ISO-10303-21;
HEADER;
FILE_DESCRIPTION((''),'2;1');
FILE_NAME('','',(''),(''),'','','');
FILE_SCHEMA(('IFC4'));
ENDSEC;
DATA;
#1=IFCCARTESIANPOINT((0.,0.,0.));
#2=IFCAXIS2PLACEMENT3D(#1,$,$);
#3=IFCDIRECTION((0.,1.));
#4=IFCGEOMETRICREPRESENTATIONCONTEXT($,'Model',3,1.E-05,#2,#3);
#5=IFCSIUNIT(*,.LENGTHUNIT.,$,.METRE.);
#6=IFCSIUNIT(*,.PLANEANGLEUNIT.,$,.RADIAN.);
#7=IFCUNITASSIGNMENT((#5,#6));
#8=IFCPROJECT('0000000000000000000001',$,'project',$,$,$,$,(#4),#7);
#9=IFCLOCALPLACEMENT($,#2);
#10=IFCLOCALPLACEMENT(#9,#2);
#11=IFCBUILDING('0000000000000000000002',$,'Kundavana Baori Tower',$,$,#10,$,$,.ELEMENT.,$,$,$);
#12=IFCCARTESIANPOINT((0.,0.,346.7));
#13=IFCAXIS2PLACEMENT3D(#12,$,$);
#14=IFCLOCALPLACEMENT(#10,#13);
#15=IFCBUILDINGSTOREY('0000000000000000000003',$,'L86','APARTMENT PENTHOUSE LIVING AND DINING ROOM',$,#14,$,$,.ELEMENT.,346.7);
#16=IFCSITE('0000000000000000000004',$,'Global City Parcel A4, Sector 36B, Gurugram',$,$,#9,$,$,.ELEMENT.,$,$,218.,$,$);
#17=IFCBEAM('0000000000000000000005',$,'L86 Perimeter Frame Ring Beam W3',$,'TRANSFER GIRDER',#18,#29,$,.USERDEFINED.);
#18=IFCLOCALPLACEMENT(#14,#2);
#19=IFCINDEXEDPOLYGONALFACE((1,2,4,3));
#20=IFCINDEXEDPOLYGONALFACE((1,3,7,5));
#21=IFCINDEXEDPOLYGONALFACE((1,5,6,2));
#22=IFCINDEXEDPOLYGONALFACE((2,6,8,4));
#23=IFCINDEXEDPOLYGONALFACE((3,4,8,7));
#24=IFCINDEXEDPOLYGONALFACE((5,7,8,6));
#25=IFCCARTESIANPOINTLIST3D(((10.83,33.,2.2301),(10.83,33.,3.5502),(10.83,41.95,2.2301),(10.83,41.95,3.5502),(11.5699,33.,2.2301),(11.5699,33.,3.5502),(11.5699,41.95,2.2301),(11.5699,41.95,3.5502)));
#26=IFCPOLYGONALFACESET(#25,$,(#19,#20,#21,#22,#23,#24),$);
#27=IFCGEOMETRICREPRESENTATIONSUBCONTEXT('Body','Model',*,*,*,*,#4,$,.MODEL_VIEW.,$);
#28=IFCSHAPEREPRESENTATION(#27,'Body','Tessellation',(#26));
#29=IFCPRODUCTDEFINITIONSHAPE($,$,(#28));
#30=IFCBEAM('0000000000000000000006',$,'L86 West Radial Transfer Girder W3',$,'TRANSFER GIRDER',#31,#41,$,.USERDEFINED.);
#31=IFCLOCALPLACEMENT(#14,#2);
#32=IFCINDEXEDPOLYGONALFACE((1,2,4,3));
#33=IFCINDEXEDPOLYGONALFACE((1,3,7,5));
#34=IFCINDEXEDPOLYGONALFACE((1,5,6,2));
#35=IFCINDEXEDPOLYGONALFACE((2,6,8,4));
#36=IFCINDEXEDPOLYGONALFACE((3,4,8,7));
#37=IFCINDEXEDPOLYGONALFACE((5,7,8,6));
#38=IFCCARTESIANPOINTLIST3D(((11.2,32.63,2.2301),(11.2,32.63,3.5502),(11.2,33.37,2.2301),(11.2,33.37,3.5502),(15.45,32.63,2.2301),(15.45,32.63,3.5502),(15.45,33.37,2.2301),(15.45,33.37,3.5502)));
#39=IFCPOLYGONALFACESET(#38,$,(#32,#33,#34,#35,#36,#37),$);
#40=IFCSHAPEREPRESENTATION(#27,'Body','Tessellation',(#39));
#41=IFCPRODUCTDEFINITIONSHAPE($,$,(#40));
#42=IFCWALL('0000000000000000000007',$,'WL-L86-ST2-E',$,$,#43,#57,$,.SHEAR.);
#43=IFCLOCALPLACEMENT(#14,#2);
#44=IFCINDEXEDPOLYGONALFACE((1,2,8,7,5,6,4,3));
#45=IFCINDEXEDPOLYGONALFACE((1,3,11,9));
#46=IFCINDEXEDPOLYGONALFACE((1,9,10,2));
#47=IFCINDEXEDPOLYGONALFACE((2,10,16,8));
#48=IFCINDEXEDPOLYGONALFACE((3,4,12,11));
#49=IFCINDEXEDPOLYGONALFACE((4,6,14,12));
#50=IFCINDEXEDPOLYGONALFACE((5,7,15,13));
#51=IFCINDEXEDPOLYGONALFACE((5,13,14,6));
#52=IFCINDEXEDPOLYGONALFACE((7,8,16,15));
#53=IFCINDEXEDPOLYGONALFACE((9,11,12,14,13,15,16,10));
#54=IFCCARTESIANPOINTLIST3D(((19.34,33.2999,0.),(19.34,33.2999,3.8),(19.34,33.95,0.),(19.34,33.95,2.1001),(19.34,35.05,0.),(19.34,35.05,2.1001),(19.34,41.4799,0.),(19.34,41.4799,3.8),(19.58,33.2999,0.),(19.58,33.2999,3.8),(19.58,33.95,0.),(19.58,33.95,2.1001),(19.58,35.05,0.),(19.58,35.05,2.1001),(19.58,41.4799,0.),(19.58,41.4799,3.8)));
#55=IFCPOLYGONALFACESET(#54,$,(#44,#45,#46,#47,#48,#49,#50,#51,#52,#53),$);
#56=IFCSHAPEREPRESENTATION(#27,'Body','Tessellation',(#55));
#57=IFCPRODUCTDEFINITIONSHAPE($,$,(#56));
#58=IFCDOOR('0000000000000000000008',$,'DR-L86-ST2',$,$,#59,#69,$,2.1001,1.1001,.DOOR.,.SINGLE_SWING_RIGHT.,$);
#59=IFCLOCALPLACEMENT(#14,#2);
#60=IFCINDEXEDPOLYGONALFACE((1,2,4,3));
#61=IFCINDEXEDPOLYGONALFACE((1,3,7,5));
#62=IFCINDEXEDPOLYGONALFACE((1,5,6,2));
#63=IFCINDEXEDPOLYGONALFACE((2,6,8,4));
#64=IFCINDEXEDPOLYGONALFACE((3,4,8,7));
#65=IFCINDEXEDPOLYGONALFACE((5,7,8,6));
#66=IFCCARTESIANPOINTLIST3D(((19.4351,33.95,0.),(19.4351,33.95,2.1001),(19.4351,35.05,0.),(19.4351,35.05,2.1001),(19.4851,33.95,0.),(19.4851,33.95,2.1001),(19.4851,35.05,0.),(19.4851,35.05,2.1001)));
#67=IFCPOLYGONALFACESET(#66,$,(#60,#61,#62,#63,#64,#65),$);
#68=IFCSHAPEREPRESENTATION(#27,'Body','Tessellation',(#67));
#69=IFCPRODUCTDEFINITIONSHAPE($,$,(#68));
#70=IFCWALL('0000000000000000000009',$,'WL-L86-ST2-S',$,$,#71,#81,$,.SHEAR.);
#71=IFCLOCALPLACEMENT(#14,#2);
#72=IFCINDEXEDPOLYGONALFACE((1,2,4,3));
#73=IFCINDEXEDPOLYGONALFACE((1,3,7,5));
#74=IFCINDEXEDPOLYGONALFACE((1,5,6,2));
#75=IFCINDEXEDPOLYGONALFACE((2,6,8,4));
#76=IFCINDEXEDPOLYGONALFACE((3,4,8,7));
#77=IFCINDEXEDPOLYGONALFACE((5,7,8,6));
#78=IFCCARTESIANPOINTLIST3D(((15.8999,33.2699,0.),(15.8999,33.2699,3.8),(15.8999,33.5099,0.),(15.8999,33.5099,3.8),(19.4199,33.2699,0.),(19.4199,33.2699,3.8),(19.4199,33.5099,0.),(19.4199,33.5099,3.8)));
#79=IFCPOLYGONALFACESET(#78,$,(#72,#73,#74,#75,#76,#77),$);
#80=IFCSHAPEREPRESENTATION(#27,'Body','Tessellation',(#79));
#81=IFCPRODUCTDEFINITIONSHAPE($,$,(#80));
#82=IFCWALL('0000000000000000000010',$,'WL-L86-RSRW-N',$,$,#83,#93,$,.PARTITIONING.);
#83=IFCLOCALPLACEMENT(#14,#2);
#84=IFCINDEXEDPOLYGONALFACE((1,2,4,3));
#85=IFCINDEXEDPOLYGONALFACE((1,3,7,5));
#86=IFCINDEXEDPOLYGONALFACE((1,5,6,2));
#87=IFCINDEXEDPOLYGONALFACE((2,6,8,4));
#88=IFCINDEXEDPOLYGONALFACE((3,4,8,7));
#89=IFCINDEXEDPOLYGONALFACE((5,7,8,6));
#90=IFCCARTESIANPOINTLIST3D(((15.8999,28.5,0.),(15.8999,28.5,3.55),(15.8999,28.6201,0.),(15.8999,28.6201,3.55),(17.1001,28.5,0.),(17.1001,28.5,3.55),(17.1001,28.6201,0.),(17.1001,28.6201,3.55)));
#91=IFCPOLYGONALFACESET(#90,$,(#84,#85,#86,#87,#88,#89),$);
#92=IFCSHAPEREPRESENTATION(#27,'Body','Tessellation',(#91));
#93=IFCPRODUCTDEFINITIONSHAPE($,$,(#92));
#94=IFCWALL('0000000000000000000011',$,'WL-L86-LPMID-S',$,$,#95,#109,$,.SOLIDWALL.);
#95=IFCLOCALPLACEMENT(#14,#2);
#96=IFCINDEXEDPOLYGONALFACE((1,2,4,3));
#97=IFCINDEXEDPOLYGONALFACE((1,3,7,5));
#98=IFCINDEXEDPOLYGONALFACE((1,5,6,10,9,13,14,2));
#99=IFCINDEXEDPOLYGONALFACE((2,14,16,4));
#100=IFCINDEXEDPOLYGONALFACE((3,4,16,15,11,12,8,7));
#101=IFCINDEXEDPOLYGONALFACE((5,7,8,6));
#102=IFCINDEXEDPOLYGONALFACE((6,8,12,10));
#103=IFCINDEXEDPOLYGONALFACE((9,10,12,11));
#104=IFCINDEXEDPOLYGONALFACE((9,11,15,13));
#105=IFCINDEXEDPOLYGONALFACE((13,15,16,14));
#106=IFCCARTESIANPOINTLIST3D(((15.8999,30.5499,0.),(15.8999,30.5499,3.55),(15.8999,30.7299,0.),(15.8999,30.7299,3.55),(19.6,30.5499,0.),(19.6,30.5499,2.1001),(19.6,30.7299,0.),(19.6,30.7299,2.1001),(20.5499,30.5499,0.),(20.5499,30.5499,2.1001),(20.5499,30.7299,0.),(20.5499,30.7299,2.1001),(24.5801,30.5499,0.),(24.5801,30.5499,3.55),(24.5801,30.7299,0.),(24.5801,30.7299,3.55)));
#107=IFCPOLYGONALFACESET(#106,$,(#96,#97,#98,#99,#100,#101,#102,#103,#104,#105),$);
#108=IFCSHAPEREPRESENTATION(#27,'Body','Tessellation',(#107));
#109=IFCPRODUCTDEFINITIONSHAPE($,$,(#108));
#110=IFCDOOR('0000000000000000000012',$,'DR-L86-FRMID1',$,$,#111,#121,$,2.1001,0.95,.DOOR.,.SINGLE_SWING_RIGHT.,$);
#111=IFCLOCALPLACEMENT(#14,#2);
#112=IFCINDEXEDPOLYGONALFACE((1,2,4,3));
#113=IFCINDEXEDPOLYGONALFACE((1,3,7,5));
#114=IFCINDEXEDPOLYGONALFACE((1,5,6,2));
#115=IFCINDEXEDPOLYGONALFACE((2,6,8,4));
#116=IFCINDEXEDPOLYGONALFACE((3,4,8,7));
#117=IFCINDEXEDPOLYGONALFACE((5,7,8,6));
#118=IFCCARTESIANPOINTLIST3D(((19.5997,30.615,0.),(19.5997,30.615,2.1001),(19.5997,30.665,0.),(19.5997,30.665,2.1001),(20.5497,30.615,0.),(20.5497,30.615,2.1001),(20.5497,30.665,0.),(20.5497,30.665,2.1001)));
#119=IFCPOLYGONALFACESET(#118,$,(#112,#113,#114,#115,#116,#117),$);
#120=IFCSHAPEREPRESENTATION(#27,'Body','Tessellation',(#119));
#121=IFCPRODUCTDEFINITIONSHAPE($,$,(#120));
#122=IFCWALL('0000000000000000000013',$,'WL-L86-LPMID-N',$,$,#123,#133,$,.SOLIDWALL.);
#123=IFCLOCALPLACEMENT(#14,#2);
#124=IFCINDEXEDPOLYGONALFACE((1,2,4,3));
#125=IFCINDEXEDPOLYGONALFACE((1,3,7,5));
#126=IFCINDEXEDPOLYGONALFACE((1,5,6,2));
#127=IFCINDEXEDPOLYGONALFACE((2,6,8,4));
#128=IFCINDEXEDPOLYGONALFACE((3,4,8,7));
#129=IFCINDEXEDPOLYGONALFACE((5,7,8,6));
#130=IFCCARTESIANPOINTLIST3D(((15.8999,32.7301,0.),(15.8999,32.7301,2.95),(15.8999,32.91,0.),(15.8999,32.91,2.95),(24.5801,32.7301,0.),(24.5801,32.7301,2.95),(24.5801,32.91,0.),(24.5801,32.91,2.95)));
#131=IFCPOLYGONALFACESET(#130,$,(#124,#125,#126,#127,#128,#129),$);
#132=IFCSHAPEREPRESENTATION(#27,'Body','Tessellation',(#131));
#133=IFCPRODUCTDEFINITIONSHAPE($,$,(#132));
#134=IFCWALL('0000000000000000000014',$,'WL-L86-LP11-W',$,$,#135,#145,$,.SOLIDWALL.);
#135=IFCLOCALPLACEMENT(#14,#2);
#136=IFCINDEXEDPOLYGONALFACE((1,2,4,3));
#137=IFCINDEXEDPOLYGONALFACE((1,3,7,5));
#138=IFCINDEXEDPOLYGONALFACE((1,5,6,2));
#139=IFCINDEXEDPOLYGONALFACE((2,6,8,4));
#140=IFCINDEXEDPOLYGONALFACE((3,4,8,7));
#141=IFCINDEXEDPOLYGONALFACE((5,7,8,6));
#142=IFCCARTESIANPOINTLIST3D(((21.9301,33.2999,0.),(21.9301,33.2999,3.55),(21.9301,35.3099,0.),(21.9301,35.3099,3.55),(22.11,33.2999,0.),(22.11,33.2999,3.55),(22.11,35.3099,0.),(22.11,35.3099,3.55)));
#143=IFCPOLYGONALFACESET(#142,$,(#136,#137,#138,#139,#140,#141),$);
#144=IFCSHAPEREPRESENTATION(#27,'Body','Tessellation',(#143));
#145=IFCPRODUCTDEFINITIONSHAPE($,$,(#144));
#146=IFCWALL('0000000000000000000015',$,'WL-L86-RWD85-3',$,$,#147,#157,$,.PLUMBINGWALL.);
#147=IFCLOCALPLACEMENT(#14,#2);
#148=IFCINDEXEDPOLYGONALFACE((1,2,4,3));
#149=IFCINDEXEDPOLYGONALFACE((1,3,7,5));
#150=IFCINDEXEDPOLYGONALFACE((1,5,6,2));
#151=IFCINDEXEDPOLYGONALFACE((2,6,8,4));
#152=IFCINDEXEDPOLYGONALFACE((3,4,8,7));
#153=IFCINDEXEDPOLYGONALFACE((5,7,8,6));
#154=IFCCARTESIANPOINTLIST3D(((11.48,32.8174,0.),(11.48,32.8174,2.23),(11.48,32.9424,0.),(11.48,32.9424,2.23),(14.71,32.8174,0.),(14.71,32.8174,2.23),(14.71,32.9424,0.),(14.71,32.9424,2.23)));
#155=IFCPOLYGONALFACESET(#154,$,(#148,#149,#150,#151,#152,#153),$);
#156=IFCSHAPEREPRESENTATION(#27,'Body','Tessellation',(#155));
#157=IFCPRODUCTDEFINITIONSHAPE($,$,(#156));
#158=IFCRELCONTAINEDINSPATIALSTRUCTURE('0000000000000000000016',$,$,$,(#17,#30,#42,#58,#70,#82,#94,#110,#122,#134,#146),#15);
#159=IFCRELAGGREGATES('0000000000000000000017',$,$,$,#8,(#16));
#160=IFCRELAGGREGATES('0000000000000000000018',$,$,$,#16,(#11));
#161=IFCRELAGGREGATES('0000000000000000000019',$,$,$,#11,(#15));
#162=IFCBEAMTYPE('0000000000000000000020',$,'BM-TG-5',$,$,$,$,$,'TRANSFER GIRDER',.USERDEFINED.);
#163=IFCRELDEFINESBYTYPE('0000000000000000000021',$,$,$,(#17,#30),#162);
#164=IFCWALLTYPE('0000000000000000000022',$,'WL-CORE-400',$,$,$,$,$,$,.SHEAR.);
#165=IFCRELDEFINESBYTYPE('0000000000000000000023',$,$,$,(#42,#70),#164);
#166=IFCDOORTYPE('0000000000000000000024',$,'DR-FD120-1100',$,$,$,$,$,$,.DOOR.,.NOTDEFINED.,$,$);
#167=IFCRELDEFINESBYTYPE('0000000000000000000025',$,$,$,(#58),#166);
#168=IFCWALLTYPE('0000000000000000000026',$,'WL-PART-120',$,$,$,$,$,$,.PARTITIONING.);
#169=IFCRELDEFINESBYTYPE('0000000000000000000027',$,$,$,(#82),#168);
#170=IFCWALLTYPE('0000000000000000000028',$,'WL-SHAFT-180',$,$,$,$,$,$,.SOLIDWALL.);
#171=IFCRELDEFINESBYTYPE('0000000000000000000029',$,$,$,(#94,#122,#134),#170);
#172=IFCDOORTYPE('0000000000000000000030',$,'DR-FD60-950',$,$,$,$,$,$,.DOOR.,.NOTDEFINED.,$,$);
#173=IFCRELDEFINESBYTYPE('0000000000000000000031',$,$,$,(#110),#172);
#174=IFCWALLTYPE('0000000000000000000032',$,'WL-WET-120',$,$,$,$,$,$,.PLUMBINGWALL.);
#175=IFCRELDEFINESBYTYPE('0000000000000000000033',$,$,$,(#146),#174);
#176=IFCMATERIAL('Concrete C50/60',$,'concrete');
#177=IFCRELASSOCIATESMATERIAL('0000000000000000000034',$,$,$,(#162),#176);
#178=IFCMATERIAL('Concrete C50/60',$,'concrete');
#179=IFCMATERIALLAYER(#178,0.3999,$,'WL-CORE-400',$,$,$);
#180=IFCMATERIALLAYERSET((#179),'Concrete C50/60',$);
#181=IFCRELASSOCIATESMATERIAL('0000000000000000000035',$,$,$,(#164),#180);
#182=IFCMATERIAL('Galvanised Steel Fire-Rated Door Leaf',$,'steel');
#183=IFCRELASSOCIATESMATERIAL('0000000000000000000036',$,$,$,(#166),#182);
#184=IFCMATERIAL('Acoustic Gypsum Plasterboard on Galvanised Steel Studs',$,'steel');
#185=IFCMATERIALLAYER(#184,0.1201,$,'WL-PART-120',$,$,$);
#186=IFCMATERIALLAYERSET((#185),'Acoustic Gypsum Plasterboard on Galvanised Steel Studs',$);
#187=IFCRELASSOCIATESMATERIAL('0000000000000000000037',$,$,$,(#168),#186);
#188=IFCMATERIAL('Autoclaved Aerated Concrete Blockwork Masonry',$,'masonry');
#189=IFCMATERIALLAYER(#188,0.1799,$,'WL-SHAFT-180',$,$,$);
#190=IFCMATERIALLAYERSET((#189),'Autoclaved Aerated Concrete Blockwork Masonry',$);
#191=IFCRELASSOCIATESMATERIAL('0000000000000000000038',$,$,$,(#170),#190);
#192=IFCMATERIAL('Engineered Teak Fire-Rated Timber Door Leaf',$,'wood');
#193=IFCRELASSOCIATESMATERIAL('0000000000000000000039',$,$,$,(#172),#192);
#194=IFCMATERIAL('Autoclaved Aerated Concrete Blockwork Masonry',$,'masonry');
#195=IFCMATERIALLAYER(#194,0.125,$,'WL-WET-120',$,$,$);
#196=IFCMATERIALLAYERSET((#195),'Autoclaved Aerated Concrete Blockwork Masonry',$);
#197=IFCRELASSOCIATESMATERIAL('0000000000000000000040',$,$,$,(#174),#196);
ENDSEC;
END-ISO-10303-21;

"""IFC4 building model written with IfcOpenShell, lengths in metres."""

from ifc_helpers import new_model, si_unit, direction, frame, frame_2d, origin, origin_2d, place, context, subcontext, project, spatial, rectangle, extrude, material, layer, layer_set, material_profile, profile_set, type_object, element, fill, save


model = new_model("IFC4")

# Units and contexts
model_context = context("Model", 3, precision=1e-05, world=origin(), true_north=direction((0.0, 1.0)))
body_context = subcontext(model_context, "Body", "Model", "MODEL_VIEW")
ifc_project = project(units=[si_unit("LENGTHUNIT", "METRE"), si_unit("PLANEANGLEUNIT", "RADIAN")], contexts=[model_context])

# Site, building, storey
site_placement = place(None, origin())
site = spatial("IfcSite", under=ifc_project, at=site_placement, Name="Global City Parcel A4, Sector 36B, Gurugram", CompositionType="ELEMENT", RefElevation=218.0)
building_placement = place(site_placement, origin())
building = spatial("IfcBuilding", under=site, at=building_placement, Name="Kundavana Baori Tower", CompositionType="ELEMENT")
storey_placement = place(building_placement, frame((0.0, 0.0, 346.7)))
storey = spatial("IfcBuildingStorey", under=building, at=storey_placement, Name="L86", Description="APARTMENT PENTHOUSE LIVING AND DINING ROOM", CompositionType="ELEMENT", Elevation=346.7)

# Beams
ifc_material_1 = material(Name="Concrete C50/60", Category="concrete")
ifc_material_profile_1 = material_profile(ifc_material_1, rectangle(XDim=0.74, YDim=1.3201, at=origin_2d()), Name="BM-TG-5")
ifc_profile_set_1 = profile_set([ifc_material_profile_1], Name="Concrete C50/60")
beam_type_1 = type_object("IfcBeamType", Name="BM-TG-5", ElementType="TRANSFER GIRDER", PredefinedType="USERDEFINED", material=ifc_profile_set_1)
beam_1_placement = place(storey_placement, frame((11.2, 33.0, 2.8901), z_axis=(0.0, 1.0, 0.0), x_axis=(-1.0, 0.0, 0.0)))
element("IfcBeam", 1, at=beam_1_placement, inside=storey, type_object=beam_type_1, Name="L86 Perimeter Frame Ring Beam W3", ObjectType="TRANSFER GIRDER", PredefinedType="USERDEFINED", context=body_context, shape_type="SweptSolid", body=[
    extrude(rectangle(XDim=0.74, YDim=1.3201, at=origin_2d()), origin(), (0.0, 0.0, 1.0), 8.95),
])
beam_2_placement = place(storey_placement, frame((15.45, 33.0, 2.8901), z_axis=(-1.0, 0.0, 0.0), x_axis=(0.0, -1.0, 0.0)))
element("IfcBeam", 2, at=beam_2_placement, inside=storey, type_object=beam_type_1, Name="L86 West Radial Transfer Girder W3", ObjectType="TRANSFER GIRDER", PredefinedType="USERDEFINED", context=body_context, shape_type="SweptSolid", body=[
    extrude(rectangle(XDim=0.74, YDim=1.3201, at=origin_2d()), origin(), (0.0, 0.0, 1.0), 4.25),
])

# Wall, opening, door
ifc_material_2 = material(Name="Concrete C50/60", Category="concrete")
ifc_layer_1 = layer(ifc_material_2, 0.3999, Name="WL-CORE-400")
ifc_layer_set_1 = layer_set([ifc_layer_1], Name="Concrete C50/60")
wall_type_1 = type_object("IfcWallType", Name="WL-CORE-400", PredefinedType="SHEAR", material=ifc_layer_set_1)
wall_1_placement = place(storey_placement, frame((19.46, 33.3, 0.0), z_axis=(0.0, 0.0, 1.0), x_axis=(0.0, 1.0, 0.0)))
wall_1 = element("IfcWall", 3, at=wall_1_placement, inside=storey, type_object=wall_type_1, Name="WL-L86-ST2-E", PredefinedType="SHEAR", context=body_context, shape_type="SweptSolid", body=[
    extrude(rectangle(XDim=8.1799, YDim=0.24, at=frame_2d((4.0898, 0.0))), origin(), (0.0, 0.0, 1.0), 3.8),
])
opening_1_placement = place(wall_1_placement, frame((0.6499, 0.0, 0.0)))
opening_1 = element("IfcOpeningElement", 4, at=opening_1_placement, cuts=wall_1, PredefinedType="OPENING", context=body_context, shape_type="SweptSolid", body=[
    extrude(rectangle(XDim=1.1001, YDim=2.1001, at=frame_2d((0.55, 1.05))), frame((0.0, 0.1299, 0.0), z_axis=(0.0, -1.0, 0.0), x_axis=(1.0, 0.0, 0.0)), (0.0, 0.0, 1.0), 0.26),
])
ifc_material_3 = material(Name="Galvanised Steel Fire-Rated Door Leaf", Category="steel")
door_type_1 = type_object("IfcDoorType", Name="DR-FD120-1100", OperationType="NOTDEFINED", PredefinedType="DOOR", material=ifc_material_3)
door_1_placement = place(opening_1_placement, origin())
door_1 = element("IfcDoor", 5, at=door_1_placement, inside=storey, type_object=door_type_1, Name="DR-L86-ST2", OperationType="SINGLE_SWING_RIGHT", OverallHeight=2.1001, OverallWidth=1.1001, PredefinedType="DOOR", context=body_context, shape_type="SweptSolid", body=[
    extrude(rectangle(XDim=1.1001, YDim=2.1001, at=frame_2d((0.55, 1.05))), frame((0.0, 0.0249, 0.0), z_axis=(0.0, -1.0, 0.0), x_axis=(1.0, 0.0, 0.0)), (0.0, 0.0, 1.0), 0.05),
])
fill(opening_1, door_1)

# Walls
wall_2_placement = place(storey_placement, frame((15.8999, 33.3899, 0.0), z_axis=(0.0, 0.0, 1.0), x_axis=(1.0, 0.0, 0.0)))
element("IfcWall", 6, at=wall_2_placement, inside=storey, type_object=wall_type_1, Name="WL-L86-ST2-S", PredefinedType="SHEAR", context=body_context, shape_type="SweptSolid", body=[
    extrude(rectangle(XDim=3.52, YDim=0.24, at=frame_2d((1.76, 0.0))), origin(), (0.0, 0.0, 1.0), 3.8),
])
ifc_material_4 = material(Name="Acoustic Gypsum Plasterboard on Galvanised Steel Studs", Category="steel")
ifc_layer_2 = layer(ifc_material_4, 0.1201, Name="WL-PART-120")
ifc_layer_set_2 = layer_set([ifc_layer_2], Name="Acoustic Gypsum Plasterboard on Galvanised Steel Studs")
wall_type_2 = type_object("IfcWallType", Name="WL-PART-120", PredefinedType="PARTITIONING", material=ifc_layer_set_2)
wall_3_placement = place(storey_placement, frame((15.8999, 28.5601, 0.0), z_axis=(0.0, 0.0, 1.0), x_axis=(1.0, 0.0, 0.0)))
element("IfcWall", 7, at=wall_3_placement, inside=storey, type_object=wall_type_2, Name="WL-L86-RSRW-N", PredefinedType="PARTITIONING", context=body_context, shape_type="SweptSolid", body=[
    extrude(rectangle(XDim=1.2002, YDim=0.1201, at=frame_2d((0.6001, 0.0))), origin(), (0.0, 0.0, 1.0), 3.55),
])

# Wall, opening, door
ifc_material_5 = material(Name="Autoclaved Aerated Concrete Blockwork Masonry", Category="masonry")
ifc_layer_3 = layer(ifc_material_5, 0.1799, Name="WL-SHAFT-180")
ifc_layer_set_3 = layer_set([ifc_layer_3], Name="Autoclaved Aerated Concrete Blockwork Masonry")
wall_type_3 = type_object("IfcWallType", Name="WL-SHAFT-180", PredefinedType="SOLIDWALL", material=ifc_layer_set_3)
wall_4_placement = place(storey_placement, frame((15.8999, 30.6399, 0.0), z_axis=(0.0, 0.0, 1.0), x_axis=(1.0, 0.0, 0.0)))
wall_4 = element("IfcWall", 8, at=wall_4_placement, inside=storey, type_object=wall_type_3, Name="WL-L86-LPMID-S", PredefinedType="SOLIDWALL", context=body_context, shape_type="SweptSolid", body=[
    extrude(rectangle(XDim=8.6802, YDim=0.1799, at=frame_2d((4.3401, 0.0))), origin(), (0.0, 0.0, 1.0), 3.55),
])
opening_2_placement = place(wall_4_placement, frame((3.7, 0.0, 0.0)))
opening_2 = element("IfcOpeningElement", 9, at=opening_2_placement, cuts=wall_4, PredefinedType="OPENING", context=body_context, shape_type="SweptSolid", body=[
    extrude(rectangle(XDim=0.95, YDim=2.1001, at=frame_2d((0.4751, 1.05))), frame((0.0, 0.1001, 0.0), z_axis=(0.0, -1.0, 0.0), x_axis=(1.0, 0.0, 0.0)), (0.0, 0.0, 1.0), 0.2),
])
ifc_material_6 = material(Name="Engineered Teak Fire-Rated Timber Door Leaf", Category="wood")
door_type_2 = type_object("IfcDoorType", Name="DR-FD60-950", OperationType="NOTDEFINED", PredefinedType="DOOR", material=ifc_material_6)
door_2_placement = place(opening_2_placement, frame((0.95, 0.0, 0.0), z_axis=(0.0, 0.0, 1.0), x_axis=(-1.0, 0.0, 0.0)))
door_2 = element("IfcDoor", 10, at=door_2_placement, inside=storey, type_object=door_type_2, Name="DR-L86-FRMID1", OperationType="SINGLE_SWING_RIGHT", OverallHeight=2.1001, OverallWidth=0.95, PredefinedType="DOOR", context=body_context, shape_type="SweptSolid", body=[
    extrude(rectangle(XDim=0.95, YDim=2.1001, at=frame_2d((0.4751, 1.05))), frame((0.0, 0.0249, 0.0), z_axis=(0.0, -1.0, 0.0), x_axis=(1.0, 0.0, 0.0)), (0.0, 0.0, 1.0), 0.05),
])
fill(opening_2, door_2)

# Walls
wall_5_placement = place(storey_placement, frame((15.8999, 32.8201, 0.0), z_axis=(0.0, 0.0, 1.0), x_axis=(1.0, 0.0, 0.0)))
element("IfcWall", 11, at=wall_5_placement, inside=storey, type_object=wall_type_3, Name="WL-L86-LPMID-N", PredefinedType="SOLIDWALL", context=body_context, shape_type="SweptSolid", body=[
    extrude(rectangle(XDim=8.6802, YDim=0.1799, at=frame_2d((4.3401, 0.0))), origin(), (0.0, 0.0, 1.0), 2.95),
])
wall_6_placement = place(storey_placement, frame((22.02, 33.3, 0.0), z_axis=(0.0, 0.0, 1.0), x_axis=(0.0, 1.0, 0.0)))
element("IfcWall", 12, at=wall_6_placement, inside=storey, type_object=wall_type_3, Name="WL-L86-LP11-W", PredefinedType="SOLIDWALL", context=body_context, shape_type="SweptSolid", body=[
    extrude(rectangle(XDim=2.01, YDim=0.1799, at=frame_2d((1.0049, 0.0))), origin(), (0.0, 0.0, 1.0), 3.55),
])
ifc_material_7 = material(Name="Autoclaved Aerated Concrete Blockwork Masonry", Category="masonry")
ifc_layer_4 = layer(ifc_material_7, 0.125, Name="WL-WET-120")
ifc_layer_set_4 = layer_set([ifc_layer_4], Name="Autoclaved Aerated Concrete Blockwork Masonry")
wall_type_4 = type_object("IfcWallType", Name="WL-WET-120", PredefinedType="PLUMBINGWALL", material=ifc_layer_set_4)
wall_7_placement = place(storey_placement, frame((11.48, 32.8799, 0.0), z_axis=(0.0, 0.0, 1.0), x_axis=(1.0, 0.0, 0.0)))
element("IfcWall", 13, at=wall_7_placement, inside=storey, type_object=wall_type_4, Name="WL-L86-RWD85-3", PredefinedType="PLUMBINGWALL", context=body_context, shape_type="SweptSolid", body=[
    extrude(rectangle(XDim=3.23, YDim=0.125, at=frame_2d((1.615, 0.0))), origin(), (0.0, 0.0, 1.0), 2.23),
])

save(model, "model.ifc")
